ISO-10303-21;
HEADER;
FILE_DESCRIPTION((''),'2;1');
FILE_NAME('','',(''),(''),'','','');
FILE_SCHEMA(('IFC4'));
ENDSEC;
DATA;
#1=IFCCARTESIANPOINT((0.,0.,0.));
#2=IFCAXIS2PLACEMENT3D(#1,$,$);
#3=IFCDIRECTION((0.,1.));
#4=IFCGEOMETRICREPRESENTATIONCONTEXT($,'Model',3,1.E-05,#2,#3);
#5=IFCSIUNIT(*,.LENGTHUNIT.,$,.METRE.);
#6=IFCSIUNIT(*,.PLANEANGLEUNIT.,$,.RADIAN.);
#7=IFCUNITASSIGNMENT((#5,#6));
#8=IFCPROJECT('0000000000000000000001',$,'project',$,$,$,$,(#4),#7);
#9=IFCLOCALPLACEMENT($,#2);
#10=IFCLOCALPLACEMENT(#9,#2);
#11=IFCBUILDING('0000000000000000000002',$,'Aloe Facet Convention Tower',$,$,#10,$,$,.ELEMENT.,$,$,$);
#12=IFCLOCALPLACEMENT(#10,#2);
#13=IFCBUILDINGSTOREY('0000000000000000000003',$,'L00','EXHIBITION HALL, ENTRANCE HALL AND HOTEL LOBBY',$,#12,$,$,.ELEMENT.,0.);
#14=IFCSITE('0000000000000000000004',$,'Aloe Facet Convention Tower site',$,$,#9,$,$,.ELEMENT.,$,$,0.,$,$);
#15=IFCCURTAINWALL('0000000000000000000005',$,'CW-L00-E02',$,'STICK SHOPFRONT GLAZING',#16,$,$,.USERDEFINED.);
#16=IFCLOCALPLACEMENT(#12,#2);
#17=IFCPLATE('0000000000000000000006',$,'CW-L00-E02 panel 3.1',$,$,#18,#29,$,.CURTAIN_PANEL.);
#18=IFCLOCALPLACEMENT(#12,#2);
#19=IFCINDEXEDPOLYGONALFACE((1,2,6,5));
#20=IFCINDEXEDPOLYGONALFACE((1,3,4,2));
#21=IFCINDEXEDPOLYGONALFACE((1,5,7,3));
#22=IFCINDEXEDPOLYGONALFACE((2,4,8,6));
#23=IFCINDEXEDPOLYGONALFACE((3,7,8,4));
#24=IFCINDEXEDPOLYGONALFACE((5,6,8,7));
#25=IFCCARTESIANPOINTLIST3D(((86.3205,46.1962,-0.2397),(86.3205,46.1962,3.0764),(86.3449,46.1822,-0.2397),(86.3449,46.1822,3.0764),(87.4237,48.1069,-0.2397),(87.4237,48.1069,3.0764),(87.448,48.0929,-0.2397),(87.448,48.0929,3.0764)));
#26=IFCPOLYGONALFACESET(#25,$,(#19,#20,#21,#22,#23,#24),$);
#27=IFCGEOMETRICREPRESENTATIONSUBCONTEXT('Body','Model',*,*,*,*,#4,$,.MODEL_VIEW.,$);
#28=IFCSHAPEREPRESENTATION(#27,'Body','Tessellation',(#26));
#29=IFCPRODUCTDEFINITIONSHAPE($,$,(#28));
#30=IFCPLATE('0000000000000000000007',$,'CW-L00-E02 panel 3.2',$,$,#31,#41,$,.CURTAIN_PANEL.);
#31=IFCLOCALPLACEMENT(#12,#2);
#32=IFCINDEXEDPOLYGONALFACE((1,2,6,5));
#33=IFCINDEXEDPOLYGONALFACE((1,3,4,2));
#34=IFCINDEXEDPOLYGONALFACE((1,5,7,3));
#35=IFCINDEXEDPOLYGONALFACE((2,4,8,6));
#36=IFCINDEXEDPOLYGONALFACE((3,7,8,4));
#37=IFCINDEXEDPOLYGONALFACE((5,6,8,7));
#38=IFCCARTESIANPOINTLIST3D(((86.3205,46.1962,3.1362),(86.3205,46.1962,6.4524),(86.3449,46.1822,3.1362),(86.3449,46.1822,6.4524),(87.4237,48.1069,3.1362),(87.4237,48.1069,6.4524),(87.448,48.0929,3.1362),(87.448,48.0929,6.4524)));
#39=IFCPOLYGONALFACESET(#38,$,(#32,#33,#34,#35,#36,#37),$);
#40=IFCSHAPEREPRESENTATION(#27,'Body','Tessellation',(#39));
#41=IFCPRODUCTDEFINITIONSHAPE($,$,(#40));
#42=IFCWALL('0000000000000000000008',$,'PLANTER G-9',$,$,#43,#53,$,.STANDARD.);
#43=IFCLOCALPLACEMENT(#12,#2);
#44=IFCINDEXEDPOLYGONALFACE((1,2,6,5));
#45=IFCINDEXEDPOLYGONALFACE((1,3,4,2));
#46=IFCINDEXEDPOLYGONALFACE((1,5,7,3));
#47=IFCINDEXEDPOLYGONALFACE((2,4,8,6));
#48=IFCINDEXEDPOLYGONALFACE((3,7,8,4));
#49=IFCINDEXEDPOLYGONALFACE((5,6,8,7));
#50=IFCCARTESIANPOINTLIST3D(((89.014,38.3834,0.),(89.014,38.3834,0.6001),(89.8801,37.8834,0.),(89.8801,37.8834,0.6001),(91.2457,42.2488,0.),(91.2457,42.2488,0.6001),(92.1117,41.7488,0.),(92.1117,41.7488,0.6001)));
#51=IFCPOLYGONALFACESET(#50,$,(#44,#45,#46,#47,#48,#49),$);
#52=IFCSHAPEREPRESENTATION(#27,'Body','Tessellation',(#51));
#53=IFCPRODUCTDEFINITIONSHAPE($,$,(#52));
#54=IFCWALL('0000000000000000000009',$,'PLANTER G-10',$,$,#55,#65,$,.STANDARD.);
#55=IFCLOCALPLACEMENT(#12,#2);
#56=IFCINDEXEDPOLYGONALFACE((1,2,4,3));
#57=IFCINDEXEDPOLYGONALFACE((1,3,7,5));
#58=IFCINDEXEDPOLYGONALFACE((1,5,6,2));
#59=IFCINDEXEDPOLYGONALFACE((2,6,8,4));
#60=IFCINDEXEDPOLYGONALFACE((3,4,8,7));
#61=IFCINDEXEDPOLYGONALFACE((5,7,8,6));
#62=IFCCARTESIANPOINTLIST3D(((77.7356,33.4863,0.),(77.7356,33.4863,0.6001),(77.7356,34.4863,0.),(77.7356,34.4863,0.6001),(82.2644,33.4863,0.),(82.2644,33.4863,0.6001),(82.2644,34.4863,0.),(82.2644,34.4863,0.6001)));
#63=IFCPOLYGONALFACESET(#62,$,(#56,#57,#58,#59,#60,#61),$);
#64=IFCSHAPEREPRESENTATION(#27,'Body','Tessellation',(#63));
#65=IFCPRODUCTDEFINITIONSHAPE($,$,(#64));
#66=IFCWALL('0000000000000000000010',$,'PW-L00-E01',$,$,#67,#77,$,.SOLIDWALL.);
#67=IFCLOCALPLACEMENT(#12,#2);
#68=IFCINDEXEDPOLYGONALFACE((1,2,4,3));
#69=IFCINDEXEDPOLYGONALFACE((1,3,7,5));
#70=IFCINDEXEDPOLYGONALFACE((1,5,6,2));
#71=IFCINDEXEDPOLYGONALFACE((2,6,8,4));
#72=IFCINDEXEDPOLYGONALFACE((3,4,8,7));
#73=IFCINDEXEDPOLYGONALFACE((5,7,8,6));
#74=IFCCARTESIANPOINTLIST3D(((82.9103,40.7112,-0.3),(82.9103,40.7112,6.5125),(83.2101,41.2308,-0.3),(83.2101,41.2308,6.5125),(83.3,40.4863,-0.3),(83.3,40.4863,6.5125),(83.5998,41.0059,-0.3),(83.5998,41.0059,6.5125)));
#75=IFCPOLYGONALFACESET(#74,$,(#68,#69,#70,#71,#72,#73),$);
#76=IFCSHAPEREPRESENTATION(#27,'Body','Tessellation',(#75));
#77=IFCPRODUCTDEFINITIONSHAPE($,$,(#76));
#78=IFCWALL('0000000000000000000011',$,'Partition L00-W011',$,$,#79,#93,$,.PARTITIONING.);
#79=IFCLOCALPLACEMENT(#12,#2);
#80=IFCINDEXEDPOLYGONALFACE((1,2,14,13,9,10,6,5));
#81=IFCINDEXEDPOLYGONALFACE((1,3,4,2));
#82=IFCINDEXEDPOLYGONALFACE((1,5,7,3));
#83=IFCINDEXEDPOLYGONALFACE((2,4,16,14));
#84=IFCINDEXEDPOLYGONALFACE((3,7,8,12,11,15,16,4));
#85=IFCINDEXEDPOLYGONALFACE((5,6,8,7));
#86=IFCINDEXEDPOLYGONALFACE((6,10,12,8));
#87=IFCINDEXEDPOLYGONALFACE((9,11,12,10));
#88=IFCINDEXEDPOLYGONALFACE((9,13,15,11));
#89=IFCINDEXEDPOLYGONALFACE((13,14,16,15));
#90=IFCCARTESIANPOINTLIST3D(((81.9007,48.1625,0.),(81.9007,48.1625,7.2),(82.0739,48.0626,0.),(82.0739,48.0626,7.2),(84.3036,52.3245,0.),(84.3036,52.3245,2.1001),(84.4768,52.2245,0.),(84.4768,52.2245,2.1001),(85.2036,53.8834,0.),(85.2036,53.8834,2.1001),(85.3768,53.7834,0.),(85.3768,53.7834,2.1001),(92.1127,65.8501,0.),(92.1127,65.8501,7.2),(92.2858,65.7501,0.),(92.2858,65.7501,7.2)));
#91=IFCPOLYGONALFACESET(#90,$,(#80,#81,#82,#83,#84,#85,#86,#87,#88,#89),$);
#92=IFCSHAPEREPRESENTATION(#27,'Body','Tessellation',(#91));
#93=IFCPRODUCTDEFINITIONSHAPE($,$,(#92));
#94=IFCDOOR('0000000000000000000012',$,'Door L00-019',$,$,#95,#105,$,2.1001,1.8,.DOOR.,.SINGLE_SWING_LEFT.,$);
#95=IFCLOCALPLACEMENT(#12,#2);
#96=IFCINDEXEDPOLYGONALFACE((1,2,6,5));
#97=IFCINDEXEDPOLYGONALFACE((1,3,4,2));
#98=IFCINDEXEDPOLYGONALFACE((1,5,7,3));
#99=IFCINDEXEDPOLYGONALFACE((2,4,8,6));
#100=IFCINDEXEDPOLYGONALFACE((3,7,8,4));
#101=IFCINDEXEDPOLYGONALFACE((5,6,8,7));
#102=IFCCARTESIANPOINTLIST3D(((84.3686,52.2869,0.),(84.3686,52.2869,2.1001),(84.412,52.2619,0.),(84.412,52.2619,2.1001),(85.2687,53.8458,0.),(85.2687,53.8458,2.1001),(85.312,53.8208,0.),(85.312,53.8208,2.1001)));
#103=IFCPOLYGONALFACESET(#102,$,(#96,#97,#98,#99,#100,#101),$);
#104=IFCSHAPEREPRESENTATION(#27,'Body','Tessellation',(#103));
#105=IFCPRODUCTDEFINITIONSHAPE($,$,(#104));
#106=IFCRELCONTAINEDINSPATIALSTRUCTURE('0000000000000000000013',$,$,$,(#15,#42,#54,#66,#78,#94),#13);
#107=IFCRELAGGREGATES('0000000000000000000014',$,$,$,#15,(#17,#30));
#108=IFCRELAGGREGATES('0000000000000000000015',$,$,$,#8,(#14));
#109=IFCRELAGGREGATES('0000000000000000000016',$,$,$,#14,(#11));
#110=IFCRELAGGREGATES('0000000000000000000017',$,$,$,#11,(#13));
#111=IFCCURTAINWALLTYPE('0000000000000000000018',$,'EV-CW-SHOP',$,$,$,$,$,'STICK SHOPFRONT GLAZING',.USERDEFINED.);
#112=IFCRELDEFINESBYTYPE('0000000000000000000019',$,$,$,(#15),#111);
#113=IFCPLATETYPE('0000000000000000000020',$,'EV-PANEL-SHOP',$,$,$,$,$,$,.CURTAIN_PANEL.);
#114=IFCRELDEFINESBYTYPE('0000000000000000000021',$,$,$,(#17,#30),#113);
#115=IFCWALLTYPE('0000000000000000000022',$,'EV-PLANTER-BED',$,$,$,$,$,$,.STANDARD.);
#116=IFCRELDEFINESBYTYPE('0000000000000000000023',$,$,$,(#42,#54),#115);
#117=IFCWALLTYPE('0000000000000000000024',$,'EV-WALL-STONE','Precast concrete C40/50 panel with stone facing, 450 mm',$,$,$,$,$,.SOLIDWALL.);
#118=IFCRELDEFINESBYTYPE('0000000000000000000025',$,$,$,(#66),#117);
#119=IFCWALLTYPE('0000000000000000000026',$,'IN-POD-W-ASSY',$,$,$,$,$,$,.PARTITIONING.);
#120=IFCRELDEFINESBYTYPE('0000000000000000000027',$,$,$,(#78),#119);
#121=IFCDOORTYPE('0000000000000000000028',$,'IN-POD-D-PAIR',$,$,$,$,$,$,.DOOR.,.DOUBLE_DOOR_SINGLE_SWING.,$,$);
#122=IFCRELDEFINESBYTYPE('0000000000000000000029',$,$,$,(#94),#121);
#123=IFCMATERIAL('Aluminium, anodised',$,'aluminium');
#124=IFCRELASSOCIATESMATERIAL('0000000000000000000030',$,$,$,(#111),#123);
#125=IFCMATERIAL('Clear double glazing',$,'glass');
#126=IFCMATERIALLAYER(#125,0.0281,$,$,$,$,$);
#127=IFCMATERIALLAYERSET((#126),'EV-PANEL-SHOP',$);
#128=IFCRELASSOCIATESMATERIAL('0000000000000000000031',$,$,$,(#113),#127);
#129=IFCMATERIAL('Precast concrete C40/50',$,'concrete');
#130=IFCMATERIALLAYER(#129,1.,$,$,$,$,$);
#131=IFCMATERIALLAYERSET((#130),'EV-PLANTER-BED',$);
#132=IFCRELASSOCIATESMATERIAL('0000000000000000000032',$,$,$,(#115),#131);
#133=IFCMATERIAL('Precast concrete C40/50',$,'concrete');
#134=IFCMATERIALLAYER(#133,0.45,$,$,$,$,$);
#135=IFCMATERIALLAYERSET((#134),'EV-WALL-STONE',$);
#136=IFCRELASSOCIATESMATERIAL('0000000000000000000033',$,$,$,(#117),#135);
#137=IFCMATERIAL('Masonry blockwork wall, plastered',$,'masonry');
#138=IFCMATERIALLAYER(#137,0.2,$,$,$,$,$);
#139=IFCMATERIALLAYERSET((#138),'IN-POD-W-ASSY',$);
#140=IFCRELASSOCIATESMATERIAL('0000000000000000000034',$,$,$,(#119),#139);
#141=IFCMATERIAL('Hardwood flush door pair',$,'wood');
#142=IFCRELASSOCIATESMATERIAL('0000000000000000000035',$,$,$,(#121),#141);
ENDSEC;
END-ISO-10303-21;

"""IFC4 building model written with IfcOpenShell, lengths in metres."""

from ifc_helpers import new_model, si_unit, direction, frame, frame_2d, origin, origin_2d, place, context, subcontext, project, spatial, rectangle, extrude, material, layer, layer_set, type_object, element, fill, aggregate, save


model = new_model("IFC4")

# Units and contexts
model_context = context("Model", 3, precision=1e-05, world=origin(), true_north=direction((0.0, 1.0)))
body_context = subcontext(model_context, "Body", "Model", "MODEL_VIEW")
ifc_project = project(units=[si_unit("LENGTHUNIT", "METRE"), si_unit("PLANEANGLEUNIT", "RADIAN")], contexts=[model_context])

# Site, building, storey
site_placement = place(None, origin())
site = spatial("IfcSite", under=ifc_project, at=site_placement, Name="Aloe Facet Convention Tower site", CompositionType="ELEMENT", RefElevation=0.0)
building_placement = place(site_placement, origin())
building = spatial("IfcBuilding", under=site, at=building_placement, Name="Aloe Facet Convention Tower", CompositionType="ELEMENT")
storey_placement = place(building_placement, origin())
storey = spatial("IfcBuildingStorey", under=building, at=storey_placement, Name="L00", Description="EXHIBITION HALL, ENTRANCE HALL AND HOTEL LOBBY", CompositionType="ELEMENT", Elevation=0.0)

# Curtain wall
ifc_material_1 = material(Name="Aluminium, anodised", Category="aluminium")
curtain_wall_type = type_object("IfcCurtainWallType", Name="EV-CW-SHOP", ElementType="STICK SHOPFRONT GLAZING", PredefinedType="USERDEFINED", material=ifc_material_1)
curtain_wall_placement = place(storey_placement, origin())
curtain_wall = element("IfcCurtainWall", 1, at=curtain_wall_placement, inside=storey, type_object=curtain_wall_type, Name="CW-L00-E02", ObjectType="STICK SHOPFRONT GLAZING", PredefinedType="USERDEFINED")

# Plates
ifc_material_2 = material(Name="Clear double glazing", Category="glass")
ifc_layer_1 = layer(ifc_material_2, 0.0281)
ifc_layer_set_1 = layer_set([ifc_layer_1], Name="EV-PANEL-SHOP")
plate_type = type_object("IfcPlateType", Name="EV-PANEL-SHOP", PredefinedType="CURTAIN_PANEL", material=ifc_layer_set_1)
plate_1_placement = place(storey_placement, frame((86.8843, 47.1445, -0.2397), z_axis=(0.0, 0.0, 1.0), x_axis=(0.5, 0.866025, 0.0)))
plate_1 = element("IfcPlate", 2, at=plate_1_placement, type_object=plate_type, Name="CW-L00-E02 panel 3.1", PredefinedType="CURTAIN_PANEL", context=body_context, shape_type="SweptSolid", body=[
    extrude(rectangle(XDim=2.2063, YDim=0.0281, at=origin_2d()), origin(), (0.0, 0.0, 1.0), 3.3162),
])
plate_2_placement = place(storey_placement, frame((86.8843, 47.1445, 3.1362), z_axis=(0.0, 0.0, 1.0), x_axis=(0.5, 0.866025, 0.0)))
plate_2 = element("IfcPlate", 3, at=plate_2_placement, type_object=plate_type, Name="CW-L00-E02 panel 3.2", PredefinedType="CURTAIN_PANEL", context=body_context, shape_type="SweptSolid", body=[
    extrude(rectangle(XDim=2.2063, YDim=0.0281, at=origin_2d()), origin(), (0.0, 0.0, 1.0), 3.3162),
])
aggregate(curtain_wall, [plate_1, plate_2])

# Walls
ifc_material_3 = material(Name="Precast concrete C40/50", Category="concrete")
ifc_layer_2 = layer(ifc_material_3, 1.0)
ifc_layer_set_2 = layer_set([ifc_layer_2], Name="EV-PLANTER-BED")
wall_type_1 = type_object("IfcWallType", Name="EV-PLANTER-BED", PredefinedType="STANDARD", material=ifc_layer_set_2)
wall_1_placement = place(storey_placement, frame((91.6787, 41.9988, 0.0), z_axis=(0.0, 0.0, 1.0), x_axis=(-0.499992, -0.86603, 0.0)))
element("IfcWall", 4, at=wall_1_placement, inside=storey, type_object=wall_type_1, Name="PLANTER G-9", PredefinedType="STANDARD", context=body_context, shape_type="SweptSolid", body=[
    extrude(rectangle(XDim=4.4634, YDim=1.0, at=frame_2d((2.2317, 0.0))), origin(), (0.0, 0.0, 1.0), 0.6001),
])
wall_2_placement = place(storey_placement, frame((82.2644, 33.9863, 0.0), z_axis=(0.0, 0.0, 1.0), x_axis=(-1.0, 0.0, 0.0)))
element("IfcWall", 5, at=wall_2_placement, inside=storey, type_object=wall_type_1, Name="PLANTER G-10", PredefinedType="STANDARD", context=body_context, shape_type="SweptSolid", body=[
    extrude(rectangle(XDim=4.5288, YDim=1.0, at=frame_2d((2.2644, 0.0))), origin(), (0.0, 0.0, 1.0), 0.6001),
])
ifc_material_4 = material(Name="Precast concrete C40/50", Category="concrete")
ifc_layer_3 = layer(ifc_material_4, 0.45)
ifc_layer_set_3 = layer_set([ifc_layer_3], Name="EV-WALL-STONE")
wall_type_2 = type_object("IfcWallType", Name="EV-WALL-STONE", Description="Precast concrete C40/50 panel with stone facing, 450 mm", PredefinedType="SOLIDWALL", material=ifc_layer_set_3)
wall_3_placement = place(storey_placement, frame((83.1052, 40.5989, -0.3), z_axis=(0.0, 0.0, 1.0), x_axis=(0.499816, 0.866131, 0.0)))
element("IfcWall", 6, at=wall_3_placement, inside=storey, type_object=wall_type_2, Name="PW-L00-E01", PredefinedType="SOLIDWALL", context=body_context, shape_type="SweptSolid", body=[
    extrude(rectangle(XDim=0.5999, YDim=0.45, at=frame_2d((0.2998, 0.0))), origin(), (0.0, 0.0, 1.0), 6.8125),
])

# Wall, opening, door
ifc_material_5 = material(Name="Masonry blockwork wall, plastered", Category="masonry")
ifc_layer_4 = layer(ifc_material_5, 0.2)
ifc_layer_set_4 = layer_set([ifc_layer_4], Name="IN-POD-W-ASSY")
wall_type_3 = type_object("IfcWallType", Name="IN-POD-W-ASSY", PredefinedType="PARTITIONING", material=ifc_layer_set_4)
wall_4_placement = place(storey_placement, frame((81.9873, 48.1125, 0.0), z_axis=(0.0, 0.0, 1.0), x_axis=(0.500001, 0.866025, 0.0)))
wall_4 = element("IfcWall", 7, at=wall_4_placement, inside=storey, type_object=wall_type_3, Name="Partition L00-W011", PredefinedType="PARTITIONING", context=body_context, shape_type="SweptSolid", body=[
    extrude(rectangle(XDim=20.4238, YDim=0.2, at=frame_2d((10.2119, 0.0))), origin(), (0.0, 0.0, 1.0), 7.2),
])
opening_placement = place(wall_4_placement, frame((4.8059, 0.0, 0.0)))
opening = element("IfcOpeningElement", 8, at=opening_placement, cuts=wall_4, PredefinedType="OPENING", context=body_context, shape_type="SweptSolid", body=[
    extrude(rectangle(XDim=1.8, YDim=2.1001, at=frame_2d((0.8999, 1.05))), frame((0.0, 0.1099, 0.0), z_axis=(0.0, -1.0, 0.0), x_axis=(1.0, 0.0, 0.0)), (0.0, 0.0, 1.0), 0.22),
])
ifc_material_6 = material(Name="Hardwood flush door pair", Category="wood")
door_type = type_object("IfcDoorType", Name="IN-POD-D-PAIR", OperationType="DOUBLE_DOOR_SINGLE_SWING", PredefinedType="DOOR", material=ifc_material_6)
door_placement = place(opening_placement, origin())
door = element("IfcDoor", 9, at=door_placement, inside=storey, type_object=door_type, Name="Door L00-019", OperationType="SINGLE_SWING_LEFT", OverallHeight=2.1001, OverallWidth=1.8, PredefinedType="DOOR", context=body_context, shape_type="SweptSolid", body=[
    extrude(rectangle(XDim=1.8, YDim=2.1001, at=frame_2d((0.8999, 1.05))), frame((0.0, 0.0249, 0.0), z_axis=(0.0, -1.0, 0.0), x_axis=(1.0, 0.0, 0.0)), (0.0, 0.0, 1.0), 0.05),
])
fill(opening, door)

save(model, "model.ifc")
